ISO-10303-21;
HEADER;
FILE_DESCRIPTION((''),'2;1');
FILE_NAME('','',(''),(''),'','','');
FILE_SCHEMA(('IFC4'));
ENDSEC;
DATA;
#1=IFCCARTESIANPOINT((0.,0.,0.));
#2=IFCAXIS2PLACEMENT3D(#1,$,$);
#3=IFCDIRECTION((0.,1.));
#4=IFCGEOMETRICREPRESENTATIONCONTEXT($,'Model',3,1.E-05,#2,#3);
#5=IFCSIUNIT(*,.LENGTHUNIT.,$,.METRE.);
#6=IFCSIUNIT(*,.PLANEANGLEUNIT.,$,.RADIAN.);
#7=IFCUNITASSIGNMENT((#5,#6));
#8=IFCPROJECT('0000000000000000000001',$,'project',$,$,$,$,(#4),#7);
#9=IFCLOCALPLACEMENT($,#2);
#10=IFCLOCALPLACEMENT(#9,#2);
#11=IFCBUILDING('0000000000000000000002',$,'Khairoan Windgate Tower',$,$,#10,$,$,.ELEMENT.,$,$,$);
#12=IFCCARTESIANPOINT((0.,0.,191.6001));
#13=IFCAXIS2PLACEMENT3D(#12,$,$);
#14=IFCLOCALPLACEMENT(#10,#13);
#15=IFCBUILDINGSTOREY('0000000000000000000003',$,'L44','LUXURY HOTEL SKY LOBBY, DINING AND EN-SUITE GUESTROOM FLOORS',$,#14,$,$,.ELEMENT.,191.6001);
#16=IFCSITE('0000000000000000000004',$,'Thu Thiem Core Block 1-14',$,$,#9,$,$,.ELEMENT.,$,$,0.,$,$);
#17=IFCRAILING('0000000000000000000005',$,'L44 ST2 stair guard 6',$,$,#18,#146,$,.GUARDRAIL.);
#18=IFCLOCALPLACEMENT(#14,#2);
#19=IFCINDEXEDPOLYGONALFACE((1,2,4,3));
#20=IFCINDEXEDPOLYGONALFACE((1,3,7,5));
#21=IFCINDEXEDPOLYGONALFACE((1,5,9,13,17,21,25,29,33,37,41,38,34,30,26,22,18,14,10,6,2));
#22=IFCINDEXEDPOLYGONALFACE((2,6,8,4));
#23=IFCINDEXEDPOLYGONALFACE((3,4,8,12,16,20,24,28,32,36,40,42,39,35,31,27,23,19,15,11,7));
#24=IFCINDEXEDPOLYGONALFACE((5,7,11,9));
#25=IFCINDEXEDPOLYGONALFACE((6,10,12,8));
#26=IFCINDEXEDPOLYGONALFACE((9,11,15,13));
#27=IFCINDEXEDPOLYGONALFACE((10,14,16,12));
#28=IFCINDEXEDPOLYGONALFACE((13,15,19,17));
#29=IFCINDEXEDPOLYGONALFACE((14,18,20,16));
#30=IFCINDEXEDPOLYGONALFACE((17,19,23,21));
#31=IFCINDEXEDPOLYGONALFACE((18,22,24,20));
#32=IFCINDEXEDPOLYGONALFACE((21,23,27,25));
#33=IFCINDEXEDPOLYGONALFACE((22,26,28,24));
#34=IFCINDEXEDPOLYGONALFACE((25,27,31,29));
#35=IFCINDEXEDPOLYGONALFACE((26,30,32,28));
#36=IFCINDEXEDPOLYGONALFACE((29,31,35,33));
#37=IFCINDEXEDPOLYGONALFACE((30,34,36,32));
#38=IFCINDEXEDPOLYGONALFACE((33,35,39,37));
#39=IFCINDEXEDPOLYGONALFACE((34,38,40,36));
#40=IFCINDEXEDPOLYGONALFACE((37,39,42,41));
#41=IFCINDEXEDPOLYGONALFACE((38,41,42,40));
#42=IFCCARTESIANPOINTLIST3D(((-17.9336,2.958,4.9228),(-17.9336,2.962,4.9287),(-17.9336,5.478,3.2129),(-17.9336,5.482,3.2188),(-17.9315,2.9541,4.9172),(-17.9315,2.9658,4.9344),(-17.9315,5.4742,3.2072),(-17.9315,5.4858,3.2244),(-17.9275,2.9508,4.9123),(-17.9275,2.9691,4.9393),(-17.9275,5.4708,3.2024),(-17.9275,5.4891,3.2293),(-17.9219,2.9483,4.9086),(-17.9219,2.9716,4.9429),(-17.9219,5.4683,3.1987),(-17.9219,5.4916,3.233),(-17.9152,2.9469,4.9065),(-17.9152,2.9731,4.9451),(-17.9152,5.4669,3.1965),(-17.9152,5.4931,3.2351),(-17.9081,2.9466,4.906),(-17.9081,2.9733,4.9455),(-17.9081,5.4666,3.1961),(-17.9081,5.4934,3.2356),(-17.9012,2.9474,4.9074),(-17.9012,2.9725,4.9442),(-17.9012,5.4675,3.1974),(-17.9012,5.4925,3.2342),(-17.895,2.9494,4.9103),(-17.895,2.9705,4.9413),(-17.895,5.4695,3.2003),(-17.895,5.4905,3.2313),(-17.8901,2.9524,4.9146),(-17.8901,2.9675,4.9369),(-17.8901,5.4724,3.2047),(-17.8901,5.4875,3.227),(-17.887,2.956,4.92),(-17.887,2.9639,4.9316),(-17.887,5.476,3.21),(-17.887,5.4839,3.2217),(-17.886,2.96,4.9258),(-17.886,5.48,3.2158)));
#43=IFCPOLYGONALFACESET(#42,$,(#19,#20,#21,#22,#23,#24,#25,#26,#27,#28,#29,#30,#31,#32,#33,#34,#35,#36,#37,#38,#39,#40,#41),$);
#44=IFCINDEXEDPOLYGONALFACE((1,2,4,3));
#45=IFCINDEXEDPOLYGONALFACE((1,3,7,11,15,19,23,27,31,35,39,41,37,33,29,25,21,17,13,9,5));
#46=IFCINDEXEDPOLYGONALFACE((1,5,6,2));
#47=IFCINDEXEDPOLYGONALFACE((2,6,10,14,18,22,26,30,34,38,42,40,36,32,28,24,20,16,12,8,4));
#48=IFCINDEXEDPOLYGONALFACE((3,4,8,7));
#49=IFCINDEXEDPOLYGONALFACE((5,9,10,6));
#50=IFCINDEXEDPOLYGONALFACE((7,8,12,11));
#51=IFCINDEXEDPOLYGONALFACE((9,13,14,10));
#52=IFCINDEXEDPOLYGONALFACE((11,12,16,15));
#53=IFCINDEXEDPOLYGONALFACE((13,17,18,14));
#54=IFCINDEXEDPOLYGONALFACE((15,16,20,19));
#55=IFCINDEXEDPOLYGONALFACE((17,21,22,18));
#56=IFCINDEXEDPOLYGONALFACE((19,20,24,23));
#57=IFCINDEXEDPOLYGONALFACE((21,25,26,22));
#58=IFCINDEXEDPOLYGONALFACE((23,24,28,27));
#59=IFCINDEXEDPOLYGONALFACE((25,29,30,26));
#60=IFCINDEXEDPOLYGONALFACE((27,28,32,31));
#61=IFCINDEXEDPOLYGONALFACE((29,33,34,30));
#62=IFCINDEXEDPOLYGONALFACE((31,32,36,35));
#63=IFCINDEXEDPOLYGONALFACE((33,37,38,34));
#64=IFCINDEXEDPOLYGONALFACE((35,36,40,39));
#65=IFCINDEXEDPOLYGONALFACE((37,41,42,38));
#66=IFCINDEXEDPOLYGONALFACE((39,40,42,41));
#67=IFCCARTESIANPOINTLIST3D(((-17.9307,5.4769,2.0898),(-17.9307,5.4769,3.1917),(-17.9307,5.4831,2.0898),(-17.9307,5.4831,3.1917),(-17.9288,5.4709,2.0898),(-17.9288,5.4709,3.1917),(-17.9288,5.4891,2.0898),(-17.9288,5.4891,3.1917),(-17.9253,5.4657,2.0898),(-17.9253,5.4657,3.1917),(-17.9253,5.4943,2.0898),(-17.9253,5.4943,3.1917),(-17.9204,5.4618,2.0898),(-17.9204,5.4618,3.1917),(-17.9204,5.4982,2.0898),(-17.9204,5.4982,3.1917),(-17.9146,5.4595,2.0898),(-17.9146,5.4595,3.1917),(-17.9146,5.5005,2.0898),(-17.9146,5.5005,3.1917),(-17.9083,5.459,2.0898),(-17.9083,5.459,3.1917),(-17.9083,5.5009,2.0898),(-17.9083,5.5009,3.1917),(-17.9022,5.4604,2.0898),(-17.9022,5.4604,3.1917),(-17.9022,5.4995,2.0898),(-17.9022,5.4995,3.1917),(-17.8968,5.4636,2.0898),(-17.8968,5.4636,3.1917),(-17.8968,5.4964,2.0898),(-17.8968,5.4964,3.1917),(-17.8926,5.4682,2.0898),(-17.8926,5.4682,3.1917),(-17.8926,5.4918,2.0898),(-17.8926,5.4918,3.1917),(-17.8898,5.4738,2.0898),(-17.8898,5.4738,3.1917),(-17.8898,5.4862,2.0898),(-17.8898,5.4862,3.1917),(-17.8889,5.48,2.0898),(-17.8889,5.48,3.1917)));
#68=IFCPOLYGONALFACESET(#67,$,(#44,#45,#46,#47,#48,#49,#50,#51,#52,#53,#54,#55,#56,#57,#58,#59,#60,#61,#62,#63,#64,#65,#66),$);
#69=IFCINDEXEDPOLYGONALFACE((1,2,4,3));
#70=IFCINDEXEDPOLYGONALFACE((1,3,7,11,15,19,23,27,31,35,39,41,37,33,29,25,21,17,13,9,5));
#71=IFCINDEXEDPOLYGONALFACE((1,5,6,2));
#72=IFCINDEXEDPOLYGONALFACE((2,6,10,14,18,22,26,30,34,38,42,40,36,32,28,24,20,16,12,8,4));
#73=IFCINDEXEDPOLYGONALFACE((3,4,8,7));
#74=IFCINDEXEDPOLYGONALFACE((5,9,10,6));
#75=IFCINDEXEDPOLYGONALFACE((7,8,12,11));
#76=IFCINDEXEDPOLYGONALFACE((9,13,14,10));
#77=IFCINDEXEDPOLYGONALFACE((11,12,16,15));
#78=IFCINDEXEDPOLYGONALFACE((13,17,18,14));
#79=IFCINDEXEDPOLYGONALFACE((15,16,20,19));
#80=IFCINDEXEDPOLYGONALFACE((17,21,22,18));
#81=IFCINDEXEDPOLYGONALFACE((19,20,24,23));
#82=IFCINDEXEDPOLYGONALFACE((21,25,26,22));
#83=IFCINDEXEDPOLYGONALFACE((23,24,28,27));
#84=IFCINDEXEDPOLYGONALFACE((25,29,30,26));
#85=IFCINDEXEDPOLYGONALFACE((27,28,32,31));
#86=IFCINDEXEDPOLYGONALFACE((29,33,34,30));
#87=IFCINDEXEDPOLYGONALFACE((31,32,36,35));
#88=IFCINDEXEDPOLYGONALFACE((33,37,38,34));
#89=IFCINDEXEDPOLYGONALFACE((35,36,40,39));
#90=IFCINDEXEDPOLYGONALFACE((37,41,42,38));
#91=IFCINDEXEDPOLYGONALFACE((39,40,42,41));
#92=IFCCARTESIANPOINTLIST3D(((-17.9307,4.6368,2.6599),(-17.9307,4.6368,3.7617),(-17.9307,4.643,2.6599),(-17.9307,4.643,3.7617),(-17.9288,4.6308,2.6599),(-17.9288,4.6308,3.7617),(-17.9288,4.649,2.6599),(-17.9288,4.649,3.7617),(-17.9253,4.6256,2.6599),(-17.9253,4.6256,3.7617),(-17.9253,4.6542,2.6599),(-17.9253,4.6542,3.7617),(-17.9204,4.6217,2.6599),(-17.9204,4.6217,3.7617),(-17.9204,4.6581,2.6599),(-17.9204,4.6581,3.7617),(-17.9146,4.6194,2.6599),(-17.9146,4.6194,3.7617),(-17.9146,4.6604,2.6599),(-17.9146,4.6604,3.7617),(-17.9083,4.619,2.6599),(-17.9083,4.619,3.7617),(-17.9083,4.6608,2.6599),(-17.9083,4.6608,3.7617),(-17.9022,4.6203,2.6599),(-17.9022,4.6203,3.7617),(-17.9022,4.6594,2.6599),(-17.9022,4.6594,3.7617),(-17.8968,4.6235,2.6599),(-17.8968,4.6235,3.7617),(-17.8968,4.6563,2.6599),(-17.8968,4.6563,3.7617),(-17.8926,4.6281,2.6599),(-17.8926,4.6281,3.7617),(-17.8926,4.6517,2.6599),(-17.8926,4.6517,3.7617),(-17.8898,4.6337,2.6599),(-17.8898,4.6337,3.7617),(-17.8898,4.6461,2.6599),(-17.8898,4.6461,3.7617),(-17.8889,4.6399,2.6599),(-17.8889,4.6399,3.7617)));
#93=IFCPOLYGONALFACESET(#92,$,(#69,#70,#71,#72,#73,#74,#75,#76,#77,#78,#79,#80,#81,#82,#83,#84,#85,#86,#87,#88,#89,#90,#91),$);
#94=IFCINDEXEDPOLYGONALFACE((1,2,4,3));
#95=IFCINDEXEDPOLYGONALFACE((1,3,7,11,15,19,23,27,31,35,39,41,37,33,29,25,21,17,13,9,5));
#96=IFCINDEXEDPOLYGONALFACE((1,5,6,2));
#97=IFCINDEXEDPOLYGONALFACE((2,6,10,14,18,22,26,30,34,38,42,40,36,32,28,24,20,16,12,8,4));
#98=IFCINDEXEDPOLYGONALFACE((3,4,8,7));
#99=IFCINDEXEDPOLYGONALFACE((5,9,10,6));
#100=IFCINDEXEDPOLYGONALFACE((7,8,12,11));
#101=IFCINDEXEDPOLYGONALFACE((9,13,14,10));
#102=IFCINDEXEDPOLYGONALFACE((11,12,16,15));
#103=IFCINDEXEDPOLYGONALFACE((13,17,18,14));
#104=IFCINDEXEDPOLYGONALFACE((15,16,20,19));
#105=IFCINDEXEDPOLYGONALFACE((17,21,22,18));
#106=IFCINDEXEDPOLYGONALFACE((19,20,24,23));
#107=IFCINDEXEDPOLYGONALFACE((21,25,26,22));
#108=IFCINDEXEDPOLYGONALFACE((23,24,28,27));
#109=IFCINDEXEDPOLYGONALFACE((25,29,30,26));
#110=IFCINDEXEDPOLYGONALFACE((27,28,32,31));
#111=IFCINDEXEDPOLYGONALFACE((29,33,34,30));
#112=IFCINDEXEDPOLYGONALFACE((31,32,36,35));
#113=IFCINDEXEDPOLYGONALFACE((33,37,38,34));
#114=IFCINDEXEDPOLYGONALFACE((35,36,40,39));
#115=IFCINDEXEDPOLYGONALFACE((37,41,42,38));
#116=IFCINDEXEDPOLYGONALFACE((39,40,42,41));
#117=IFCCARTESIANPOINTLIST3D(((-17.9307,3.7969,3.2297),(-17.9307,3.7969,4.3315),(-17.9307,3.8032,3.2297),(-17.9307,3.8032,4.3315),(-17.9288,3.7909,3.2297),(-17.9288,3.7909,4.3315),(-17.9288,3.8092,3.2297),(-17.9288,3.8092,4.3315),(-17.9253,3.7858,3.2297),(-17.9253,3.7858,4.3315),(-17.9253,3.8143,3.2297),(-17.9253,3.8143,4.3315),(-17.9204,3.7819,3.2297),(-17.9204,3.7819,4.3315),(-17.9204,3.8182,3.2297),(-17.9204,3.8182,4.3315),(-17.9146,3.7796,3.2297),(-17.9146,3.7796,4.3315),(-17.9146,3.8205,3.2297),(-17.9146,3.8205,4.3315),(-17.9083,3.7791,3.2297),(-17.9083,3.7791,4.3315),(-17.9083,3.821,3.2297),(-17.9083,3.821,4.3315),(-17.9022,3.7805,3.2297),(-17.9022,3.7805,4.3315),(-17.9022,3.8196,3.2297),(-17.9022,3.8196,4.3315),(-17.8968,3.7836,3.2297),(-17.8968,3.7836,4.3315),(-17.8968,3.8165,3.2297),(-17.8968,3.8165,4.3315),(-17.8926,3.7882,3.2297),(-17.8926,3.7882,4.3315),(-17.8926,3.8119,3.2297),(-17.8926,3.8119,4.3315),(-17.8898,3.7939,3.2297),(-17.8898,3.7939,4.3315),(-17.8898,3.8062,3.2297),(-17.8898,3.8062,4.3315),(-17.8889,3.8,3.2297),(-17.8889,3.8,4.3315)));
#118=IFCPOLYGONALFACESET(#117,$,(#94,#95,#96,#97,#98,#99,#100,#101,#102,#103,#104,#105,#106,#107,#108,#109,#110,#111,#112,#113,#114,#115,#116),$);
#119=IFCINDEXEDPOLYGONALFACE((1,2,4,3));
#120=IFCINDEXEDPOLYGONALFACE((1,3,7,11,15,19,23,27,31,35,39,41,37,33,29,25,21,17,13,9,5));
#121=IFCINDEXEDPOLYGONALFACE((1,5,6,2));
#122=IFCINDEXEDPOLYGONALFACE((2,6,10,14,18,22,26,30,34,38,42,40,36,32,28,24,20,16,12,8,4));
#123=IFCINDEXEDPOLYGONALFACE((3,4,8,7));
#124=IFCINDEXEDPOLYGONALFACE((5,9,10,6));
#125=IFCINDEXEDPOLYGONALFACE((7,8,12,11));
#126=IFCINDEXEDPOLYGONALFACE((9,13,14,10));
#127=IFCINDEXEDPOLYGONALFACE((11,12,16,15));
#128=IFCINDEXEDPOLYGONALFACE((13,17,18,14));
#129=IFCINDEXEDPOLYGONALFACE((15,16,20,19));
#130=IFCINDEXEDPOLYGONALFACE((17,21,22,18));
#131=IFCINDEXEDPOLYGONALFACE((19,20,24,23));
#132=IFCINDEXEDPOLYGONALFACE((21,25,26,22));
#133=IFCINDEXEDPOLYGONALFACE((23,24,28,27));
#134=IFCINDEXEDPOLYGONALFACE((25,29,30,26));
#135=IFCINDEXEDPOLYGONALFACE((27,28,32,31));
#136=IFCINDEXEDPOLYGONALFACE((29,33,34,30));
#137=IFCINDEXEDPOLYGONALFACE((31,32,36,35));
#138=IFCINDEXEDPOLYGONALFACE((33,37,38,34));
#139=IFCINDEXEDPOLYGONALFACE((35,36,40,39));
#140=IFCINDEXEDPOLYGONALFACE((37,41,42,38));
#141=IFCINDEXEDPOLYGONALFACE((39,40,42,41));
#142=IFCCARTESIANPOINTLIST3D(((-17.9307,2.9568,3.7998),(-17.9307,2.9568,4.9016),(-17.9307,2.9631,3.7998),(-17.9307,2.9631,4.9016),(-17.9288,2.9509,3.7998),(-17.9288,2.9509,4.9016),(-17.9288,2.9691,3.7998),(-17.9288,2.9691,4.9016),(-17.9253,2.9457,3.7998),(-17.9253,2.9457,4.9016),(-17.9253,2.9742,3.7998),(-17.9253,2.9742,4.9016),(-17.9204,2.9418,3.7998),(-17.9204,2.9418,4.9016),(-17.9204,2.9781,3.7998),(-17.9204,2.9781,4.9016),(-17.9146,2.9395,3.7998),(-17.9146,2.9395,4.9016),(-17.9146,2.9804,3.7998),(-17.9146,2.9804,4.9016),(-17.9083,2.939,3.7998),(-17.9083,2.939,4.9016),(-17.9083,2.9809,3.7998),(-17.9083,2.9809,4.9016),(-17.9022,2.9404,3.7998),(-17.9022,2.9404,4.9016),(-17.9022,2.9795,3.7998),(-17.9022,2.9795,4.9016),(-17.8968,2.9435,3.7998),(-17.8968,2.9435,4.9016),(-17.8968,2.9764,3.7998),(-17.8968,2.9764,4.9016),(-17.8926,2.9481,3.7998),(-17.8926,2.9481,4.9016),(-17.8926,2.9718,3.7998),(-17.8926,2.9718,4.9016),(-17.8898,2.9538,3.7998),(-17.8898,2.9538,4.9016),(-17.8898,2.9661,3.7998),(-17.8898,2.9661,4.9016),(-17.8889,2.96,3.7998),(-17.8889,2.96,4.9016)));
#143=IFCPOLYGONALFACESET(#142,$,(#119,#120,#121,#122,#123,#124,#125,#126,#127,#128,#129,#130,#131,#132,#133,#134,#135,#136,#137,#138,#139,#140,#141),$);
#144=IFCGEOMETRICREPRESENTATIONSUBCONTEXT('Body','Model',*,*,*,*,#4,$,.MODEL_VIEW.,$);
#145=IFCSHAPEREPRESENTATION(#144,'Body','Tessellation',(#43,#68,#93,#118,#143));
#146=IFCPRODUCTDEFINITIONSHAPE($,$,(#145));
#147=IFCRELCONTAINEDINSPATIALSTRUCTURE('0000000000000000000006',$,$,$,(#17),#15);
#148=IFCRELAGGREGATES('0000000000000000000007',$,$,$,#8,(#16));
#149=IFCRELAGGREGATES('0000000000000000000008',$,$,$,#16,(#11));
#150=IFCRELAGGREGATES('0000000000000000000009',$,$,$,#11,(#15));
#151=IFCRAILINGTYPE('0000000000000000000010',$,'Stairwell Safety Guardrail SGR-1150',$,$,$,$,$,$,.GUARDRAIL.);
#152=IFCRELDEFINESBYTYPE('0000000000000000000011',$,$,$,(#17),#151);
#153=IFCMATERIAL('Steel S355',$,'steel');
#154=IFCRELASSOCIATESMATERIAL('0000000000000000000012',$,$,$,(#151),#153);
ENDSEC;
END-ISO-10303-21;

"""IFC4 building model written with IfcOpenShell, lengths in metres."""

from ifc_helpers import new_model, si_unit, direction, frame, origin, origin_2d, place, context, subcontext, project, spatial, circle, extrude, material, type_object, element, save


model = new_model("IFC4")

# Units and contexts
model_context = context("Model", 3, precision=1e-05, world=origin(), true_north=direction((0.0, 1.0)))
body_context = subcontext(model_context, "Body", "Model", "MODEL_VIEW")
ifc_project = project(units=[si_unit("LENGTHUNIT", "METRE"), si_unit("PLANEANGLEUNIT", "RADIAN")], contexts=[model_context])

# Site, building, storey
site_placement = place(None, origin())
site = spatial("IfcSite", under=ifc_project, at=site_placement, Name="Thu Thiem Core Block 1-14", CompositionType="ELEMENT", RefElevation=0.0)
building_placement = place(site_placement, origin())
building = spatial("IfcBuilding", under=site, at=building_placement, Name="Khairoan Windgate Tower", CompositionType="ELEMENT")
storey_placement = place(building_placement, frame((0.0, 0.0, 191.6001)))
storey = spatial("IfcBuildingStorey", under=building, at=storey_placement, Name="L44", Description="LUXURY HOTEL SKY LOBBY, DINING AND EN-SUITE GUESTROOM FLOORS", CompositionType="ELEMENT", Elevation=191.6001)

# Railing
ifc_material_1 = material(Name="Steel S355", Category="steel")
railing_type_1 = type_object("IfcRailingType", Name="Stairwell Safety Guardrail SGR-1150", PredefinedType="GUARDRAIL", material=ifc_material_1)
railing_1_placement = place(storey_placement, frame((-17.9099, 5.48, 2.0898)))
element("IfcRailing", 1, at=railing_1_placement, inside=storey, type_object=railing_type_1, Name="L44 ST2 stair guard 6", PredefinedType="GUARDRAIL", context=body_context, shape_type="SweptSolid", body=[
    extrude(circle(Radius=0.0239, at=origin_2d()), frame((0.0, 0.0, 1.126), z_axis=(0.0, -0.827484, 0.56149), x_axis=(1.0, 0.0, 0.0)), (0.0, 0.0, 1.0), 3.0454),
    extrude(circle(Radius=0.021, at=origin_2d()), origin(), (0.0, 0.0, 1.0), 1.1018),
    extrude(circle(Radius=0.021, at=origin_2d()), frame((0.0, -0.8401, 0.5701)), (0.0, 0.0, 1.0), 1.1018),
    extrude(circle(Radius=0.021, at=origin_2d()), frame((0.0, -1.6799, 1.1399)), (0.0, 0.0, 1.0), 1.1018),
    extrude(circle(Radius=0.021, at=origin_2d()), frame((0.0, -2.52, 1.71)), (0.0, 0.0, 1.0), 1.1018),
])

save(model, "model.ifc")
